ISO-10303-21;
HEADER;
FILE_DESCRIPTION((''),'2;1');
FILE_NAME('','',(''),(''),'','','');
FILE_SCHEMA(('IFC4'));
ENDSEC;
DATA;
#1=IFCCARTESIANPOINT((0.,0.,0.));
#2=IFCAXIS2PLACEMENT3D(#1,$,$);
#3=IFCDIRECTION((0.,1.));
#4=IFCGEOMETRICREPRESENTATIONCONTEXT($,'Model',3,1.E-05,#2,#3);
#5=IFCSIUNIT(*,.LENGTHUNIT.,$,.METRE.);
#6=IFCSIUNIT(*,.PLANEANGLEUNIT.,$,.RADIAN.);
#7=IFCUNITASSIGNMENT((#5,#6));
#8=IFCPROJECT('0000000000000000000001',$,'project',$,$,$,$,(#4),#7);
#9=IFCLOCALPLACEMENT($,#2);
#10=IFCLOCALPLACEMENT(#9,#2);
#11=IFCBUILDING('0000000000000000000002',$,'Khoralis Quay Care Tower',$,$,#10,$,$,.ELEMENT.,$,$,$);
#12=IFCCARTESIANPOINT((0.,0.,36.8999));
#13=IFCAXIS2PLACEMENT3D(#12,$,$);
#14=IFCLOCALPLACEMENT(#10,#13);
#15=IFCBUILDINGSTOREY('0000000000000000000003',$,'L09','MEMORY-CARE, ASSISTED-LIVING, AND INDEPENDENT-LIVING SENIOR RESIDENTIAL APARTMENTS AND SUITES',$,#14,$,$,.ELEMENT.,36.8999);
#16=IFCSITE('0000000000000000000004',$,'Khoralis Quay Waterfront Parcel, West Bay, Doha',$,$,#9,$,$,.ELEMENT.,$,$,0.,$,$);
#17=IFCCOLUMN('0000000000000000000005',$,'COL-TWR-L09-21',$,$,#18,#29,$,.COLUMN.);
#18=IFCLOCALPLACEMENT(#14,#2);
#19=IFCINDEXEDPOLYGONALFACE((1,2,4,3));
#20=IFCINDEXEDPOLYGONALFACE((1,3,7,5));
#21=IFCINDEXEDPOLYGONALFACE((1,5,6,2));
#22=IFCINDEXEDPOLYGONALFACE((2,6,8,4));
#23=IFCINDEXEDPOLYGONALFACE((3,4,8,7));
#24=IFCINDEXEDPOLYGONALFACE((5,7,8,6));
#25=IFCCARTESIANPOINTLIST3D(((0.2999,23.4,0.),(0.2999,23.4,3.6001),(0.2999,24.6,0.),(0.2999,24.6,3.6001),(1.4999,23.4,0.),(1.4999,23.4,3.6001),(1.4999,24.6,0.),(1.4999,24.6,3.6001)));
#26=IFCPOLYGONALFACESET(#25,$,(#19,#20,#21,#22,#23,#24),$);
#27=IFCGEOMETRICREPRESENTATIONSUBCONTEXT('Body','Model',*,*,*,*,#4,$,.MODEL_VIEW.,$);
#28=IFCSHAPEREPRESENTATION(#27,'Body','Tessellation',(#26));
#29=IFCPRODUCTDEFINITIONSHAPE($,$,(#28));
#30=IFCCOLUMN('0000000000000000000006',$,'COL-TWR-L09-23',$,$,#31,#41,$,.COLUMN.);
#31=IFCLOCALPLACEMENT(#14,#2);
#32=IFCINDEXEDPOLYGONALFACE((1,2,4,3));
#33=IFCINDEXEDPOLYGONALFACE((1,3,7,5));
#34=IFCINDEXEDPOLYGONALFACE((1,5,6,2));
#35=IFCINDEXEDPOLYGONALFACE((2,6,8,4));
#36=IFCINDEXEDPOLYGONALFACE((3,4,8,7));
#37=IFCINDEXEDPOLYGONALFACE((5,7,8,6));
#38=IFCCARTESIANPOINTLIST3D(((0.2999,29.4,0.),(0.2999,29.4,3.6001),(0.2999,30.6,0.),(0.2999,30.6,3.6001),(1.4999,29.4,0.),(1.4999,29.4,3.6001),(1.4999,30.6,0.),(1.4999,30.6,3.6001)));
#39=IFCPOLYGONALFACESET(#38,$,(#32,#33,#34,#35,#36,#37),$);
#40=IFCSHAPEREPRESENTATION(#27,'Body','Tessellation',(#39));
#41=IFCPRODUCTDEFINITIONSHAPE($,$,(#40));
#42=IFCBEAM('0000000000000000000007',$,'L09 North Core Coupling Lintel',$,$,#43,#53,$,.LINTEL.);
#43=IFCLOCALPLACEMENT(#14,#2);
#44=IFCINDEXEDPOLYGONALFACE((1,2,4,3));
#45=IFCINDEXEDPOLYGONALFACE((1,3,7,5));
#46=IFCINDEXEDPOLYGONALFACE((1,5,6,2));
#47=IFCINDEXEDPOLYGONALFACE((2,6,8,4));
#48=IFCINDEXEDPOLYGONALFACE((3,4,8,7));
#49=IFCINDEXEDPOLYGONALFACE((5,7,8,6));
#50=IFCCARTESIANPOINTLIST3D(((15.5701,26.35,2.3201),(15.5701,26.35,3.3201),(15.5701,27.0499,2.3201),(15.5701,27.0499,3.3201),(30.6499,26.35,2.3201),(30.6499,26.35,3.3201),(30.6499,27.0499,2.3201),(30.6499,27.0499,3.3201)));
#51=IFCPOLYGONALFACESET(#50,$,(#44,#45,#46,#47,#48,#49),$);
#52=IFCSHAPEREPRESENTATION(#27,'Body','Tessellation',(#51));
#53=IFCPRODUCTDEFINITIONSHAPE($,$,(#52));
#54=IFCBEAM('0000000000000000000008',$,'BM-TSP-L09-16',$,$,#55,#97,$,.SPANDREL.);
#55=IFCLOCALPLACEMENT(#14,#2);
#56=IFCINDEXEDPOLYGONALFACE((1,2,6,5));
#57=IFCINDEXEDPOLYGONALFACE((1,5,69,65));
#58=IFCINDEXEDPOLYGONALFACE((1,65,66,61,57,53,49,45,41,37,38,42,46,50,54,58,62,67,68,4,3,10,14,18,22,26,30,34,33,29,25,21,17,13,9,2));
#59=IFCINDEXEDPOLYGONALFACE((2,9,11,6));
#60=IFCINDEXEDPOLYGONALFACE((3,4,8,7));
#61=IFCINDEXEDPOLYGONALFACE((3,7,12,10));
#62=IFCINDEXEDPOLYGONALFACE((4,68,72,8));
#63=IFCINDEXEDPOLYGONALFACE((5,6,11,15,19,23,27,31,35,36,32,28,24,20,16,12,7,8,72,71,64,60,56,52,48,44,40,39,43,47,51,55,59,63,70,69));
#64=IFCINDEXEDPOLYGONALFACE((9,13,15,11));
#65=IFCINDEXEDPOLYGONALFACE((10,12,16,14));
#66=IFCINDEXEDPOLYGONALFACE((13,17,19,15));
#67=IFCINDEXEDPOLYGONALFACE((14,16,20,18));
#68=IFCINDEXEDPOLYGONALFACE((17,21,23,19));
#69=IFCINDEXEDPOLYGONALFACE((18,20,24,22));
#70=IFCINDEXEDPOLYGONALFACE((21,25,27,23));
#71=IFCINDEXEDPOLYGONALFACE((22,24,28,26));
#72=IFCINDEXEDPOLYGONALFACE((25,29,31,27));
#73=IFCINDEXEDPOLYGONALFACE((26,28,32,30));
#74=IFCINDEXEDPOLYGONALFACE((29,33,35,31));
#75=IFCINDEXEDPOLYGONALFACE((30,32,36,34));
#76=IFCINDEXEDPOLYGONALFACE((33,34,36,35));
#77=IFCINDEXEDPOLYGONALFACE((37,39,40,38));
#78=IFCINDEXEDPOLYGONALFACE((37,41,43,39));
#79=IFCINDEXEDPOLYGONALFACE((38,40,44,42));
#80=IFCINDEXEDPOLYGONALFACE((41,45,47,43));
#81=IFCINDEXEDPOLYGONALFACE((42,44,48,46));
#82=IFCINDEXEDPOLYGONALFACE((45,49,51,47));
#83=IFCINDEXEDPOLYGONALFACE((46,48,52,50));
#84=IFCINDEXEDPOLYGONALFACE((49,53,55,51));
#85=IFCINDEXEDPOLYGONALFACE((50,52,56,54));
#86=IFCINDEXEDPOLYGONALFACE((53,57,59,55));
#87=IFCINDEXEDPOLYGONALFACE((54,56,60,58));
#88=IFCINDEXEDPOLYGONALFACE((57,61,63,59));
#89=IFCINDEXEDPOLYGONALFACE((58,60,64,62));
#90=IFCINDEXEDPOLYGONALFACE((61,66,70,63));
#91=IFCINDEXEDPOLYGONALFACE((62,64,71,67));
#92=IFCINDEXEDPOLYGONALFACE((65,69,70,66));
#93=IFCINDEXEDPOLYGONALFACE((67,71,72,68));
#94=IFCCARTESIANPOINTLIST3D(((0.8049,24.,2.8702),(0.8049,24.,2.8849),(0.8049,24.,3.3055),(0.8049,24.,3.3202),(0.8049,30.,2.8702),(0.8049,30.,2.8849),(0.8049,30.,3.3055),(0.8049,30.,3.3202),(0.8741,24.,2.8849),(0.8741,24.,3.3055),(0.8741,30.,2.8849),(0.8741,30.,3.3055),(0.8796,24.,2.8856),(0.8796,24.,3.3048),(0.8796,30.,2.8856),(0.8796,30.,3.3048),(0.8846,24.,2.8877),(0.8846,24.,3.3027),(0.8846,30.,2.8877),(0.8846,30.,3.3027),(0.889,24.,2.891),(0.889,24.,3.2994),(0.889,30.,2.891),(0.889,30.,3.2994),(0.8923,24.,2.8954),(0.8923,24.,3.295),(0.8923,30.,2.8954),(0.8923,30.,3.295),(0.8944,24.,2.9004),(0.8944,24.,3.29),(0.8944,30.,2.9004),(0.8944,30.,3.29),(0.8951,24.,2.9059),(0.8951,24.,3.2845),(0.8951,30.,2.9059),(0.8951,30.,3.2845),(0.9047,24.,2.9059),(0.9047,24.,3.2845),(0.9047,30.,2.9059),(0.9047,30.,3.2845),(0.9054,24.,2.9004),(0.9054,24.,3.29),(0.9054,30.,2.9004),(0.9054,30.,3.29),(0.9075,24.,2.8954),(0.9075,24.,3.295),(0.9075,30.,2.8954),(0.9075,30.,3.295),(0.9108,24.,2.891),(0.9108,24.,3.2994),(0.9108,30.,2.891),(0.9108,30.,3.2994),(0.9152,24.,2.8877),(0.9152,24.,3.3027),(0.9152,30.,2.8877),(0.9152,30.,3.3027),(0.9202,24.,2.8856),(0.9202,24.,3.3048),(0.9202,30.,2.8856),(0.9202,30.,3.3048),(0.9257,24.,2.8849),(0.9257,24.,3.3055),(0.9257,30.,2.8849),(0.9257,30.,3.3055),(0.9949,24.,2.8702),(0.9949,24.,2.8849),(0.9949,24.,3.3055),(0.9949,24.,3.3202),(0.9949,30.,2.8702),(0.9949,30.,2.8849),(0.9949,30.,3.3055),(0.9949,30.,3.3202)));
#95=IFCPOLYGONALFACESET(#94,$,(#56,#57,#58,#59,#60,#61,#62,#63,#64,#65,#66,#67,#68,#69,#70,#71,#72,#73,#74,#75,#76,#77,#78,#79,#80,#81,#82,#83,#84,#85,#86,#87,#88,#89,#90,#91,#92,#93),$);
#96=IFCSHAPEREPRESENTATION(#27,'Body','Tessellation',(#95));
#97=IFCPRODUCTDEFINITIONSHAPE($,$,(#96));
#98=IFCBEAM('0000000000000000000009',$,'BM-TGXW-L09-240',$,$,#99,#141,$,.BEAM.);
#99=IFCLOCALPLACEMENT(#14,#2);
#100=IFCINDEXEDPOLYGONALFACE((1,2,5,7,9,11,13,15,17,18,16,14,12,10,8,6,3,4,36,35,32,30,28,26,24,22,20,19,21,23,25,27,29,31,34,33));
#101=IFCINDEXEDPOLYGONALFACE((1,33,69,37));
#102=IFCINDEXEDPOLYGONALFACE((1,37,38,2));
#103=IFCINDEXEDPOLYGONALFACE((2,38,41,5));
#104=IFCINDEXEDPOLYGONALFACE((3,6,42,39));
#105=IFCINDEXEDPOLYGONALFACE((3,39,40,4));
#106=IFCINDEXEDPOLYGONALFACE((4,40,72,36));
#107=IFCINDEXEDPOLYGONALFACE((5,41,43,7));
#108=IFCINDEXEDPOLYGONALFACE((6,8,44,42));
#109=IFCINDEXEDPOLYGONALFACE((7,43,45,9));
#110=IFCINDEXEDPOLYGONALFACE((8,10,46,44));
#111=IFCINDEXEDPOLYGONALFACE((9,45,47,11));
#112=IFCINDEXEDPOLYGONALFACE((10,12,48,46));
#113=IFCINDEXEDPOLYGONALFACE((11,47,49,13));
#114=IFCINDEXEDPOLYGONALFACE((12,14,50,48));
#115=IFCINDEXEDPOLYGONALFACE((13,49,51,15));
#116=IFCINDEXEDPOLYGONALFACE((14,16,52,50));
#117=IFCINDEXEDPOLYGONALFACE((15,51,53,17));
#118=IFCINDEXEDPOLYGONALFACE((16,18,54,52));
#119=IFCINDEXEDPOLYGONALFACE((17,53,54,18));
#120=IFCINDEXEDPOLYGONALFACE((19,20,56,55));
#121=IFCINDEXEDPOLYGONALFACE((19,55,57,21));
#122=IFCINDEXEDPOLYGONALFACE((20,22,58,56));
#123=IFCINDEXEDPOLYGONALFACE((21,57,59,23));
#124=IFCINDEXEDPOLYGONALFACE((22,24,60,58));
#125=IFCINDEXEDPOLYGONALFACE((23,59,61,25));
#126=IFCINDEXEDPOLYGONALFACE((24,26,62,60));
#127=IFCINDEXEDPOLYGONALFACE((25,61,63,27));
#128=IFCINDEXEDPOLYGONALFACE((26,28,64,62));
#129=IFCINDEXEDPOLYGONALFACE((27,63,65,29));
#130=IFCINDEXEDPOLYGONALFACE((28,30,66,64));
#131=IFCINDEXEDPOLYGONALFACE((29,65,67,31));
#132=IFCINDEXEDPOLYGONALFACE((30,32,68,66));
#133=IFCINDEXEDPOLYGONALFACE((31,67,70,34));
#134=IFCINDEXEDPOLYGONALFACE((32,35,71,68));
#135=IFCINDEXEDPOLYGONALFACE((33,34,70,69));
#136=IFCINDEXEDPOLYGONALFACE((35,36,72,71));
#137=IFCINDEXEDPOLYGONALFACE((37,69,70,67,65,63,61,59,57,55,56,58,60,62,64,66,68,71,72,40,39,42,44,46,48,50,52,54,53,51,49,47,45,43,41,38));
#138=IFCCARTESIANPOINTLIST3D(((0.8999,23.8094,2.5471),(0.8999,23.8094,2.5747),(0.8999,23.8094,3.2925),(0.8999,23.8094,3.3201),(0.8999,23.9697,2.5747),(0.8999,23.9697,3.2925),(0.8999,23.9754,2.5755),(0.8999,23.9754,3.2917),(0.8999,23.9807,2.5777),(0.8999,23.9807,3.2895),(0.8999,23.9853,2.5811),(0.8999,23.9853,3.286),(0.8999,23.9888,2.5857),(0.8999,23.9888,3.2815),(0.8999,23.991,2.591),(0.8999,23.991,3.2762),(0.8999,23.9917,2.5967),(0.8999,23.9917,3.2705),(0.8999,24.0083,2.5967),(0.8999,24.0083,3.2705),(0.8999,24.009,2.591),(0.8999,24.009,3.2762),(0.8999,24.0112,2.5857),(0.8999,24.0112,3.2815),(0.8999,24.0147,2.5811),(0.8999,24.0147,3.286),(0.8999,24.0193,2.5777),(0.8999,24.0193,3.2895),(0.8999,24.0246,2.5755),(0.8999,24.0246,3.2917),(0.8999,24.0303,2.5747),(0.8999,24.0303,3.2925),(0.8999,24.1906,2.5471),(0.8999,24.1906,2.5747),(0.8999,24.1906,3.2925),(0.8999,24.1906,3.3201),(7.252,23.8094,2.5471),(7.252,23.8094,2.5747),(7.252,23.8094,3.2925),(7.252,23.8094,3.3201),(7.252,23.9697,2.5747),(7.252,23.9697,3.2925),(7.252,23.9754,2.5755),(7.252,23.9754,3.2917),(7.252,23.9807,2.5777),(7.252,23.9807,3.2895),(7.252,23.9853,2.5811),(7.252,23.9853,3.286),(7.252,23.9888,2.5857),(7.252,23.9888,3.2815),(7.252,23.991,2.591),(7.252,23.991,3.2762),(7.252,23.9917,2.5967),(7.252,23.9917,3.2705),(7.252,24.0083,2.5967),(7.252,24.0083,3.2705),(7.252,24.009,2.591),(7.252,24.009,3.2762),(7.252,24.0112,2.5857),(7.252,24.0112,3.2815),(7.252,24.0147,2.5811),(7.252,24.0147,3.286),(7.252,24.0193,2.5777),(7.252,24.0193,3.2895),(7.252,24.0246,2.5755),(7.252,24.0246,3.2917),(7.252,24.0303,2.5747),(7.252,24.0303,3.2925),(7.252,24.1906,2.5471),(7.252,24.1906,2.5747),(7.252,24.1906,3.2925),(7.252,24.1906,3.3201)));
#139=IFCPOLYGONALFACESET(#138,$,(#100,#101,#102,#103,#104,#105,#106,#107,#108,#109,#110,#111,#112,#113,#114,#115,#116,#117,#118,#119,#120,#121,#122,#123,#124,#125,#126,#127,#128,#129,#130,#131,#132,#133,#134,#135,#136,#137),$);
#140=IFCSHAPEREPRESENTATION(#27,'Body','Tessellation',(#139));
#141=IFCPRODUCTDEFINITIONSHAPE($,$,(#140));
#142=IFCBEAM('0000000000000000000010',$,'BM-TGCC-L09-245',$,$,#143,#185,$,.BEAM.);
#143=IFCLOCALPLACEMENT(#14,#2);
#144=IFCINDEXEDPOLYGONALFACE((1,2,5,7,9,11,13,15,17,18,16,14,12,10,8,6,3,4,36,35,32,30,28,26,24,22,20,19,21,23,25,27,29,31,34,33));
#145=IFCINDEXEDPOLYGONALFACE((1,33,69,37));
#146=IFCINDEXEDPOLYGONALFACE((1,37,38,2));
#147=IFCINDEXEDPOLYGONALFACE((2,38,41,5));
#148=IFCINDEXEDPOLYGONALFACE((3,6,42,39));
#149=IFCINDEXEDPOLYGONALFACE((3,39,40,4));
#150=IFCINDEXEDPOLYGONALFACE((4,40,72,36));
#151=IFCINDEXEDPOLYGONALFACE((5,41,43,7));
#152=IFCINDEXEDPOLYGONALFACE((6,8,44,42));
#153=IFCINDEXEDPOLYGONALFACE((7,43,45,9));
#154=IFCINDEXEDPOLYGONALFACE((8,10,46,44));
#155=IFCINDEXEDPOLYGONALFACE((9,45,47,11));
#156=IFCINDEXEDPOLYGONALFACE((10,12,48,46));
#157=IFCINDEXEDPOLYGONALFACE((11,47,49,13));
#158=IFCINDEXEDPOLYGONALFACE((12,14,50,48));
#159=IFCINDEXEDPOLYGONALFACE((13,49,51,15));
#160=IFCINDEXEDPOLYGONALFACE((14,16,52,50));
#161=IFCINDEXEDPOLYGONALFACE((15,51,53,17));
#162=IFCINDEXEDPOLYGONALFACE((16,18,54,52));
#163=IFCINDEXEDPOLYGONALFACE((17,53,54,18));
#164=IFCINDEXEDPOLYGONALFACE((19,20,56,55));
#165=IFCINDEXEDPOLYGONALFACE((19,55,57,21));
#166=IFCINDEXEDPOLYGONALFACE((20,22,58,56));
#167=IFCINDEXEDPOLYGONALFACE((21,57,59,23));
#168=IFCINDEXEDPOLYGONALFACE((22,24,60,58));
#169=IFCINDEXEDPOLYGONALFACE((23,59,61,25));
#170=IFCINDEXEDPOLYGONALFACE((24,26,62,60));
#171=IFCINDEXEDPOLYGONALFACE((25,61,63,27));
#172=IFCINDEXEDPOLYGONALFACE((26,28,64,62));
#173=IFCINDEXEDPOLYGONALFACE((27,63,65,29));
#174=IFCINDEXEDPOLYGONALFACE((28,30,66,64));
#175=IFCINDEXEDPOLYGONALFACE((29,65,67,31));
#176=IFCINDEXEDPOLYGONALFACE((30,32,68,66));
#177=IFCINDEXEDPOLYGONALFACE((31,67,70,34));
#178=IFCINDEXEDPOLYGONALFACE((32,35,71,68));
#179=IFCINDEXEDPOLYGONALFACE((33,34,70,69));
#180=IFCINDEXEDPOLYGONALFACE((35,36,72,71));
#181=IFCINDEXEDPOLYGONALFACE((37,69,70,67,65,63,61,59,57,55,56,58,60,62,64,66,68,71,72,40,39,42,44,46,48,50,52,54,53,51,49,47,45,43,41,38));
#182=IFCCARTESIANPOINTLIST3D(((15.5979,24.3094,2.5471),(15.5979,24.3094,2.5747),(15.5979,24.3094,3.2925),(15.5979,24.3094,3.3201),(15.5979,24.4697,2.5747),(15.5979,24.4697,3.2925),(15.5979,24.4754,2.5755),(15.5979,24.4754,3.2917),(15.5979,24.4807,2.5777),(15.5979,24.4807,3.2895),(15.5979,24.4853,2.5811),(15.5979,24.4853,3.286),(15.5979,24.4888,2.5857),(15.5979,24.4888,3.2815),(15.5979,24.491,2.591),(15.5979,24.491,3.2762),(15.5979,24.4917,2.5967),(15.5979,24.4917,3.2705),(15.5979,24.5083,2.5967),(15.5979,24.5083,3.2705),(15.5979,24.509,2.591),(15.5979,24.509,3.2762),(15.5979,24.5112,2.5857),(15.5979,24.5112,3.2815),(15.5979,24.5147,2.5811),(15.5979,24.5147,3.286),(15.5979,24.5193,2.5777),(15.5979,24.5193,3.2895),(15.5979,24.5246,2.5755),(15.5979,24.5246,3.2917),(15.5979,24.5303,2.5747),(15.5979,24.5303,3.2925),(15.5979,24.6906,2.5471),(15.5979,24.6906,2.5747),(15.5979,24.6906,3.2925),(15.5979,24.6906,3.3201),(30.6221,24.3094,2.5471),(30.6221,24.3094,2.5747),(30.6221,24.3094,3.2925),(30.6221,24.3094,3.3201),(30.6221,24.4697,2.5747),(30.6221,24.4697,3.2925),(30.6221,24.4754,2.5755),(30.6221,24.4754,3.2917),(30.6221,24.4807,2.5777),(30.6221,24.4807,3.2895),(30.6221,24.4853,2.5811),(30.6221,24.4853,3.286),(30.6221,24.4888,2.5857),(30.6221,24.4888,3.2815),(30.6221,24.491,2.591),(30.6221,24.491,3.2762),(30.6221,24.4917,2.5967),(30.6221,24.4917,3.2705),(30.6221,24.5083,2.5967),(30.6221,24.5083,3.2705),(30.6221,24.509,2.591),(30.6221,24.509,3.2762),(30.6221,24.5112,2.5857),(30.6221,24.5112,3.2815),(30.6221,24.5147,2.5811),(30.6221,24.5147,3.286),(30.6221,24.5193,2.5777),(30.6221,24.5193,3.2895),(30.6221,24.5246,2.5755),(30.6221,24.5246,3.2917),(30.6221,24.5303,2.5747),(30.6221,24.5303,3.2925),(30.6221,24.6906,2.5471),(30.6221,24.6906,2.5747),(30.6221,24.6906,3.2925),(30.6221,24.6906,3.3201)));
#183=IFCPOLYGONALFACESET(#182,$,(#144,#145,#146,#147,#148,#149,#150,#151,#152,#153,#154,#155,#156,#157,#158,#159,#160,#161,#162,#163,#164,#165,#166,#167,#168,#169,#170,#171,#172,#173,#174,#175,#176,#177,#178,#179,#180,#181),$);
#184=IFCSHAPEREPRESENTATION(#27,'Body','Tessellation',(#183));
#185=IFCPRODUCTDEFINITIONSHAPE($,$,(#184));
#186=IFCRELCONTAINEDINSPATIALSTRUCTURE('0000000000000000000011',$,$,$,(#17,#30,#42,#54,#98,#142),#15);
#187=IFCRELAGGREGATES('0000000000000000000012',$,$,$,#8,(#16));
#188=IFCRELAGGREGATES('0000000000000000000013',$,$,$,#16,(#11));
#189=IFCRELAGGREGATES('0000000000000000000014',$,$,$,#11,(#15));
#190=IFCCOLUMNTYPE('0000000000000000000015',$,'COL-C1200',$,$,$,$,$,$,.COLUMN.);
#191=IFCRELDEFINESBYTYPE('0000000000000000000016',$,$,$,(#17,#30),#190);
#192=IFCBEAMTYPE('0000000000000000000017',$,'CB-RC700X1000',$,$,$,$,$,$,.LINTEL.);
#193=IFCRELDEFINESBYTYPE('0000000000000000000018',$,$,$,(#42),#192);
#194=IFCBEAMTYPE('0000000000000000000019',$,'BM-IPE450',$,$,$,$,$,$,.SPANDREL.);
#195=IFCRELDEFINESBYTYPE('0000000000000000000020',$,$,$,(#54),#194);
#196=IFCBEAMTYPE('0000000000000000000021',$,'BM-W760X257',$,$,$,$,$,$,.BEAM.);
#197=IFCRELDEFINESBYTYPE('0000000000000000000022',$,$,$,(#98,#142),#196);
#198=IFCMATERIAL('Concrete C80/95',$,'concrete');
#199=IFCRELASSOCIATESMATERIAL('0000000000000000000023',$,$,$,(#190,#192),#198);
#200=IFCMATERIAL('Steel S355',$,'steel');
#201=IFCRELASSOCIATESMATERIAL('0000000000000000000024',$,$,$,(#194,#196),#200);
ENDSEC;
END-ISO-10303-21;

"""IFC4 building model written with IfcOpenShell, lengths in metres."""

from ifc_helpers import new_model, si_unit, direction, frame, origin, origin_2d, place, context, subcontext, project, spatial, rectangle, i_section, extrude, source, transform, mapped, material, material_profile, profile_set, type_object, element, save


model = new_model("IFC4")

# Units and contexts
model_context = context("Model", 3, precision=1e-05, world=origin(), true_north=direction((0.0, 1.0)))
body_context = subcontext(model_context, "Body", "Model", "MODEL_VIEW")
ifc_project = project(units=[si_unit("LENGTHUNIT", "METRE"), si_unit("PLANEANGLEUNIT", "RADIAN")], contexts=[model_context])

# Site, building, storey
site_placement = place(None, origin())
site = spatial("IfcSite", under=ifc_project, at=site_placement, Name="Khoralis Quay Waterfront Parcel, West Bay, Doha", CompositionType="ELEMENT", RefElevation=0.0)
building_placement = place(site_placement, origin())
building = spatial("IfcBuilding", under=site, at=building_placement, Name="Khoralis Quay Care Tower", CompositionType="ELEMENT")
storey_placement = place(building_placement, frame((0.0, 0.0, 36.8999)))
storey = spatial("IfcBuildingStorey", under=building, at=storey_placement, Name="L09", Description="MEMORY-CARE, ASSISTED-LIVING, AND INDEPENDENT-LIVING SENIOR RESIDENTIAL APARTMENTS AND SUITES", CompositionType="ELEMENT", Elevation=36.8999)

# Columns
ifc_material_1 = material(Name="Concrete C80/95", Category="concrete")
ifc_material_profile_1 = material_profile(ifc_material_1, rectangle(XDim=1.2, YDim=1.2, at=origin_2d()), Name="Concrete C80/95")
ifc_profile_set_1 = profile_set([ifc_material_profile_1], Name="Concrete C80/95")
column_type = type_object("IfcColumnType", Name="COL-C1200", PredefinedType="COLUMN", material=ifc_profile_set_1)
shared_shape_1 = source(origin(), body_context, "Body", "SweptSolid", [
    extrude(rectangle(XDim=1.2, YDim=1.2, at=origin_2d()), origin(), (0.0, 0.0, 1.0), 3.6001),
])
for number, where, z_axis, x_axis, name in (
    (1, (0.8999, 24.0, 0.0), (0.0, 0.0, 1.0), (1.0, 0.0, 0.0), "COL-TWR-L09-21"),
    (2, (0.8999, 30.0, 0.0), (0.0, 0.0, 1.0), (1.0, 0.0, 0.0), "COL-TWR-L09-23"),
):
    element("IfcColumn", number, at=place(storey_placement, frame(where, z_axis=z_axis, x_axis=x_axis)), inside=storey, type_object=column_type, Name=name, PredefinedType="COLUMN", context=body_context, shape_type="MappedRepresentation", body=[
        mapped(shared_shape_1, transform((0.0, 0.0, 0.0), scale=1.0)),
    ])

# Beams
ifc_material_profile_2 = material_profile(ifc_material_1, rectangle(XDim=0.7, YDim=1.0, at=origin_2d()), Name="Concrete C80/95")
ifc_profile_set_2 = profile_set([ifc_material_profile_2], Name="Concrete C80/95")
beam_type_1 = type_object("IfcBeamType", Name="CB-RC700X1000", PredefinedType="LINTEL", material=ifc_profile_set_2)
shared_shape_2 = source(origin(), body_context, "Body", "SweptSolid", [
    extrude(rectangle(XDim=0.7, YDim=1.0, at=origin_2d()), origin(), (0.0, 0.0, 1.0), 15.0798),
])
beam_1_placement = place(storey_placement, frame((15.5701, 26.7, 2.8201), z_axis=(1.0, 0.0, 0.0), x_axis=(0.0, 1.0, 0.0)))
element("IfcBeam", 3, at=beam_1_placement, inside=storey, type_object=beam_type_1, Name="L09 North Core Coupling Lintel", PredefinedType="LINTEL", context=body_context, shape_type="MappedRepresentation", body=[
    mapped(shared_shape_2, transform((0.0, 0.0, 0.0), scale=1.0)),
])
ifc_material_2 = material(Name="Steel S355", Category="steel")
ifc_material_profile_3 = material_profile(ifc_material_2, i_section(OverallWidth=0.1899, OverallDepth=0.45, WebThickness=0.0095, FlangeThickness=0.0146, FilletRadius=0.021, at=origin_2d()), Name="Steel S355")
ifc_profile_set_3 = profile_set([ifc_material_profile_3], Name="Steel S355")
beam_type_2 = type_object("IfcBeamType", Name="BM-IPE450", PredefinedType="SPANDREL", material=ifc_profile_set_3)
shared_shape_3 = source(origin(), body_context, "Body", "SweptSolid", [
    extrude(i_section(OverallWidth=0.1899, OverallDepth=0.45, WebThickness=0.0095, FlangeThickness=0.0146, FilletRadius=0.021, at=origin_2d()), origin(), (0.0, 0.0, 1.0), 6.0),
])
beam_2_placement = place(storey_placement, frame((0.8999, 24.0, 3.0952), z_axis=(0.0, 1.0, 0.0), x_axis=(-1.0, 0.0, 0.0)))
element("IfcBeam", 4, at=beam_2_placement, inside=storey, type_object=beam_type_2, Name="BM-TSP-L09-16", PredefinedType="SPANDREL", context=body_context, shape_type="MappedRepresentation", body=[
    mapped(shared_shape_3, transform((0.0, 0.0, 0.0), scale=1.0)),
])
ifc_material_profile_4 = material_profile(ifc_material_2, i_section(OverallWidth=0.3811, OverallDepth=0.7729, WebThickness=0.0166, FlangeThickness=0.0276, FilletRadius=0.022, at=origin_2d()), Name="Steel S355")
ifc_profile_set_4 = profile_set([ifc_material_profile_4], Name="Steel S355")
beam_type_3 = type_object("IfcBeamType", Name="BM-W760X257", PredefinedType="BEAM", material=ifc_profile_set_4)
shared_shape_4 = source(origin(), body_context, "Body", "SweptSolid", [
    extrude(i_section(OverallWidth=0.3811, OverallDepth=0.7729, WebThickness=0.0166, FlangeThickness=0.0276, FilletRadius=0.022, at=origin_2d()), origin(), (0.0, 0.0, 1.0), 6.3521),
])
beam_3_placement = place(storey_placement, frame((0.8999, 24.0, 2.9336), z_axis=(1.0, 0.0, 0.0), x_axis=(0.0, 1.0, 0.0)))
element("IfcBeam", 5, at=beam_3_placement, inside=storey, type_object=beam_type_3, Name="BM-TGXW-L09-240", PredefinedType="BEAM", context=body_context, shape_type="MappedRepresentation", body=[
    mapped(shared_shape_4, transform((0.0, 0.0, 0.0), scale=1.0)),
])
shared_shape_5 = source(origin(), body_context, "Body", "SweptSolid", [
    extrude(i_section(OverallWidth=0.3811, OverallDepth=0.7729, WebThickness=0.0166, FlangeThickness=0.0276, FilletRadius=0.022, at=origin_2d()), origin(), (0.0, 0.0, 1.0), 15.0242),
])
beam_4_placement = place(storey_placement, frame((15.5979, 24.5, 2.9336), z_axis=(1.0, 0.0, 0.0), x_axis=(0.0, 1.0, 0.0)))
element("IfcBeam", 6, at=beam_4_placement, inside=storey, type_object=beam_type_3, Name="BM-TGCC-L09-245", PredefinedType="BEAM", context=body_context, shape_type="MappedRepresentation", body=[
    mapped(shared_shape_5, transform((0.0, 0.0, 0.0), scale=1.0)),
])

save(model, "model.ifc")
